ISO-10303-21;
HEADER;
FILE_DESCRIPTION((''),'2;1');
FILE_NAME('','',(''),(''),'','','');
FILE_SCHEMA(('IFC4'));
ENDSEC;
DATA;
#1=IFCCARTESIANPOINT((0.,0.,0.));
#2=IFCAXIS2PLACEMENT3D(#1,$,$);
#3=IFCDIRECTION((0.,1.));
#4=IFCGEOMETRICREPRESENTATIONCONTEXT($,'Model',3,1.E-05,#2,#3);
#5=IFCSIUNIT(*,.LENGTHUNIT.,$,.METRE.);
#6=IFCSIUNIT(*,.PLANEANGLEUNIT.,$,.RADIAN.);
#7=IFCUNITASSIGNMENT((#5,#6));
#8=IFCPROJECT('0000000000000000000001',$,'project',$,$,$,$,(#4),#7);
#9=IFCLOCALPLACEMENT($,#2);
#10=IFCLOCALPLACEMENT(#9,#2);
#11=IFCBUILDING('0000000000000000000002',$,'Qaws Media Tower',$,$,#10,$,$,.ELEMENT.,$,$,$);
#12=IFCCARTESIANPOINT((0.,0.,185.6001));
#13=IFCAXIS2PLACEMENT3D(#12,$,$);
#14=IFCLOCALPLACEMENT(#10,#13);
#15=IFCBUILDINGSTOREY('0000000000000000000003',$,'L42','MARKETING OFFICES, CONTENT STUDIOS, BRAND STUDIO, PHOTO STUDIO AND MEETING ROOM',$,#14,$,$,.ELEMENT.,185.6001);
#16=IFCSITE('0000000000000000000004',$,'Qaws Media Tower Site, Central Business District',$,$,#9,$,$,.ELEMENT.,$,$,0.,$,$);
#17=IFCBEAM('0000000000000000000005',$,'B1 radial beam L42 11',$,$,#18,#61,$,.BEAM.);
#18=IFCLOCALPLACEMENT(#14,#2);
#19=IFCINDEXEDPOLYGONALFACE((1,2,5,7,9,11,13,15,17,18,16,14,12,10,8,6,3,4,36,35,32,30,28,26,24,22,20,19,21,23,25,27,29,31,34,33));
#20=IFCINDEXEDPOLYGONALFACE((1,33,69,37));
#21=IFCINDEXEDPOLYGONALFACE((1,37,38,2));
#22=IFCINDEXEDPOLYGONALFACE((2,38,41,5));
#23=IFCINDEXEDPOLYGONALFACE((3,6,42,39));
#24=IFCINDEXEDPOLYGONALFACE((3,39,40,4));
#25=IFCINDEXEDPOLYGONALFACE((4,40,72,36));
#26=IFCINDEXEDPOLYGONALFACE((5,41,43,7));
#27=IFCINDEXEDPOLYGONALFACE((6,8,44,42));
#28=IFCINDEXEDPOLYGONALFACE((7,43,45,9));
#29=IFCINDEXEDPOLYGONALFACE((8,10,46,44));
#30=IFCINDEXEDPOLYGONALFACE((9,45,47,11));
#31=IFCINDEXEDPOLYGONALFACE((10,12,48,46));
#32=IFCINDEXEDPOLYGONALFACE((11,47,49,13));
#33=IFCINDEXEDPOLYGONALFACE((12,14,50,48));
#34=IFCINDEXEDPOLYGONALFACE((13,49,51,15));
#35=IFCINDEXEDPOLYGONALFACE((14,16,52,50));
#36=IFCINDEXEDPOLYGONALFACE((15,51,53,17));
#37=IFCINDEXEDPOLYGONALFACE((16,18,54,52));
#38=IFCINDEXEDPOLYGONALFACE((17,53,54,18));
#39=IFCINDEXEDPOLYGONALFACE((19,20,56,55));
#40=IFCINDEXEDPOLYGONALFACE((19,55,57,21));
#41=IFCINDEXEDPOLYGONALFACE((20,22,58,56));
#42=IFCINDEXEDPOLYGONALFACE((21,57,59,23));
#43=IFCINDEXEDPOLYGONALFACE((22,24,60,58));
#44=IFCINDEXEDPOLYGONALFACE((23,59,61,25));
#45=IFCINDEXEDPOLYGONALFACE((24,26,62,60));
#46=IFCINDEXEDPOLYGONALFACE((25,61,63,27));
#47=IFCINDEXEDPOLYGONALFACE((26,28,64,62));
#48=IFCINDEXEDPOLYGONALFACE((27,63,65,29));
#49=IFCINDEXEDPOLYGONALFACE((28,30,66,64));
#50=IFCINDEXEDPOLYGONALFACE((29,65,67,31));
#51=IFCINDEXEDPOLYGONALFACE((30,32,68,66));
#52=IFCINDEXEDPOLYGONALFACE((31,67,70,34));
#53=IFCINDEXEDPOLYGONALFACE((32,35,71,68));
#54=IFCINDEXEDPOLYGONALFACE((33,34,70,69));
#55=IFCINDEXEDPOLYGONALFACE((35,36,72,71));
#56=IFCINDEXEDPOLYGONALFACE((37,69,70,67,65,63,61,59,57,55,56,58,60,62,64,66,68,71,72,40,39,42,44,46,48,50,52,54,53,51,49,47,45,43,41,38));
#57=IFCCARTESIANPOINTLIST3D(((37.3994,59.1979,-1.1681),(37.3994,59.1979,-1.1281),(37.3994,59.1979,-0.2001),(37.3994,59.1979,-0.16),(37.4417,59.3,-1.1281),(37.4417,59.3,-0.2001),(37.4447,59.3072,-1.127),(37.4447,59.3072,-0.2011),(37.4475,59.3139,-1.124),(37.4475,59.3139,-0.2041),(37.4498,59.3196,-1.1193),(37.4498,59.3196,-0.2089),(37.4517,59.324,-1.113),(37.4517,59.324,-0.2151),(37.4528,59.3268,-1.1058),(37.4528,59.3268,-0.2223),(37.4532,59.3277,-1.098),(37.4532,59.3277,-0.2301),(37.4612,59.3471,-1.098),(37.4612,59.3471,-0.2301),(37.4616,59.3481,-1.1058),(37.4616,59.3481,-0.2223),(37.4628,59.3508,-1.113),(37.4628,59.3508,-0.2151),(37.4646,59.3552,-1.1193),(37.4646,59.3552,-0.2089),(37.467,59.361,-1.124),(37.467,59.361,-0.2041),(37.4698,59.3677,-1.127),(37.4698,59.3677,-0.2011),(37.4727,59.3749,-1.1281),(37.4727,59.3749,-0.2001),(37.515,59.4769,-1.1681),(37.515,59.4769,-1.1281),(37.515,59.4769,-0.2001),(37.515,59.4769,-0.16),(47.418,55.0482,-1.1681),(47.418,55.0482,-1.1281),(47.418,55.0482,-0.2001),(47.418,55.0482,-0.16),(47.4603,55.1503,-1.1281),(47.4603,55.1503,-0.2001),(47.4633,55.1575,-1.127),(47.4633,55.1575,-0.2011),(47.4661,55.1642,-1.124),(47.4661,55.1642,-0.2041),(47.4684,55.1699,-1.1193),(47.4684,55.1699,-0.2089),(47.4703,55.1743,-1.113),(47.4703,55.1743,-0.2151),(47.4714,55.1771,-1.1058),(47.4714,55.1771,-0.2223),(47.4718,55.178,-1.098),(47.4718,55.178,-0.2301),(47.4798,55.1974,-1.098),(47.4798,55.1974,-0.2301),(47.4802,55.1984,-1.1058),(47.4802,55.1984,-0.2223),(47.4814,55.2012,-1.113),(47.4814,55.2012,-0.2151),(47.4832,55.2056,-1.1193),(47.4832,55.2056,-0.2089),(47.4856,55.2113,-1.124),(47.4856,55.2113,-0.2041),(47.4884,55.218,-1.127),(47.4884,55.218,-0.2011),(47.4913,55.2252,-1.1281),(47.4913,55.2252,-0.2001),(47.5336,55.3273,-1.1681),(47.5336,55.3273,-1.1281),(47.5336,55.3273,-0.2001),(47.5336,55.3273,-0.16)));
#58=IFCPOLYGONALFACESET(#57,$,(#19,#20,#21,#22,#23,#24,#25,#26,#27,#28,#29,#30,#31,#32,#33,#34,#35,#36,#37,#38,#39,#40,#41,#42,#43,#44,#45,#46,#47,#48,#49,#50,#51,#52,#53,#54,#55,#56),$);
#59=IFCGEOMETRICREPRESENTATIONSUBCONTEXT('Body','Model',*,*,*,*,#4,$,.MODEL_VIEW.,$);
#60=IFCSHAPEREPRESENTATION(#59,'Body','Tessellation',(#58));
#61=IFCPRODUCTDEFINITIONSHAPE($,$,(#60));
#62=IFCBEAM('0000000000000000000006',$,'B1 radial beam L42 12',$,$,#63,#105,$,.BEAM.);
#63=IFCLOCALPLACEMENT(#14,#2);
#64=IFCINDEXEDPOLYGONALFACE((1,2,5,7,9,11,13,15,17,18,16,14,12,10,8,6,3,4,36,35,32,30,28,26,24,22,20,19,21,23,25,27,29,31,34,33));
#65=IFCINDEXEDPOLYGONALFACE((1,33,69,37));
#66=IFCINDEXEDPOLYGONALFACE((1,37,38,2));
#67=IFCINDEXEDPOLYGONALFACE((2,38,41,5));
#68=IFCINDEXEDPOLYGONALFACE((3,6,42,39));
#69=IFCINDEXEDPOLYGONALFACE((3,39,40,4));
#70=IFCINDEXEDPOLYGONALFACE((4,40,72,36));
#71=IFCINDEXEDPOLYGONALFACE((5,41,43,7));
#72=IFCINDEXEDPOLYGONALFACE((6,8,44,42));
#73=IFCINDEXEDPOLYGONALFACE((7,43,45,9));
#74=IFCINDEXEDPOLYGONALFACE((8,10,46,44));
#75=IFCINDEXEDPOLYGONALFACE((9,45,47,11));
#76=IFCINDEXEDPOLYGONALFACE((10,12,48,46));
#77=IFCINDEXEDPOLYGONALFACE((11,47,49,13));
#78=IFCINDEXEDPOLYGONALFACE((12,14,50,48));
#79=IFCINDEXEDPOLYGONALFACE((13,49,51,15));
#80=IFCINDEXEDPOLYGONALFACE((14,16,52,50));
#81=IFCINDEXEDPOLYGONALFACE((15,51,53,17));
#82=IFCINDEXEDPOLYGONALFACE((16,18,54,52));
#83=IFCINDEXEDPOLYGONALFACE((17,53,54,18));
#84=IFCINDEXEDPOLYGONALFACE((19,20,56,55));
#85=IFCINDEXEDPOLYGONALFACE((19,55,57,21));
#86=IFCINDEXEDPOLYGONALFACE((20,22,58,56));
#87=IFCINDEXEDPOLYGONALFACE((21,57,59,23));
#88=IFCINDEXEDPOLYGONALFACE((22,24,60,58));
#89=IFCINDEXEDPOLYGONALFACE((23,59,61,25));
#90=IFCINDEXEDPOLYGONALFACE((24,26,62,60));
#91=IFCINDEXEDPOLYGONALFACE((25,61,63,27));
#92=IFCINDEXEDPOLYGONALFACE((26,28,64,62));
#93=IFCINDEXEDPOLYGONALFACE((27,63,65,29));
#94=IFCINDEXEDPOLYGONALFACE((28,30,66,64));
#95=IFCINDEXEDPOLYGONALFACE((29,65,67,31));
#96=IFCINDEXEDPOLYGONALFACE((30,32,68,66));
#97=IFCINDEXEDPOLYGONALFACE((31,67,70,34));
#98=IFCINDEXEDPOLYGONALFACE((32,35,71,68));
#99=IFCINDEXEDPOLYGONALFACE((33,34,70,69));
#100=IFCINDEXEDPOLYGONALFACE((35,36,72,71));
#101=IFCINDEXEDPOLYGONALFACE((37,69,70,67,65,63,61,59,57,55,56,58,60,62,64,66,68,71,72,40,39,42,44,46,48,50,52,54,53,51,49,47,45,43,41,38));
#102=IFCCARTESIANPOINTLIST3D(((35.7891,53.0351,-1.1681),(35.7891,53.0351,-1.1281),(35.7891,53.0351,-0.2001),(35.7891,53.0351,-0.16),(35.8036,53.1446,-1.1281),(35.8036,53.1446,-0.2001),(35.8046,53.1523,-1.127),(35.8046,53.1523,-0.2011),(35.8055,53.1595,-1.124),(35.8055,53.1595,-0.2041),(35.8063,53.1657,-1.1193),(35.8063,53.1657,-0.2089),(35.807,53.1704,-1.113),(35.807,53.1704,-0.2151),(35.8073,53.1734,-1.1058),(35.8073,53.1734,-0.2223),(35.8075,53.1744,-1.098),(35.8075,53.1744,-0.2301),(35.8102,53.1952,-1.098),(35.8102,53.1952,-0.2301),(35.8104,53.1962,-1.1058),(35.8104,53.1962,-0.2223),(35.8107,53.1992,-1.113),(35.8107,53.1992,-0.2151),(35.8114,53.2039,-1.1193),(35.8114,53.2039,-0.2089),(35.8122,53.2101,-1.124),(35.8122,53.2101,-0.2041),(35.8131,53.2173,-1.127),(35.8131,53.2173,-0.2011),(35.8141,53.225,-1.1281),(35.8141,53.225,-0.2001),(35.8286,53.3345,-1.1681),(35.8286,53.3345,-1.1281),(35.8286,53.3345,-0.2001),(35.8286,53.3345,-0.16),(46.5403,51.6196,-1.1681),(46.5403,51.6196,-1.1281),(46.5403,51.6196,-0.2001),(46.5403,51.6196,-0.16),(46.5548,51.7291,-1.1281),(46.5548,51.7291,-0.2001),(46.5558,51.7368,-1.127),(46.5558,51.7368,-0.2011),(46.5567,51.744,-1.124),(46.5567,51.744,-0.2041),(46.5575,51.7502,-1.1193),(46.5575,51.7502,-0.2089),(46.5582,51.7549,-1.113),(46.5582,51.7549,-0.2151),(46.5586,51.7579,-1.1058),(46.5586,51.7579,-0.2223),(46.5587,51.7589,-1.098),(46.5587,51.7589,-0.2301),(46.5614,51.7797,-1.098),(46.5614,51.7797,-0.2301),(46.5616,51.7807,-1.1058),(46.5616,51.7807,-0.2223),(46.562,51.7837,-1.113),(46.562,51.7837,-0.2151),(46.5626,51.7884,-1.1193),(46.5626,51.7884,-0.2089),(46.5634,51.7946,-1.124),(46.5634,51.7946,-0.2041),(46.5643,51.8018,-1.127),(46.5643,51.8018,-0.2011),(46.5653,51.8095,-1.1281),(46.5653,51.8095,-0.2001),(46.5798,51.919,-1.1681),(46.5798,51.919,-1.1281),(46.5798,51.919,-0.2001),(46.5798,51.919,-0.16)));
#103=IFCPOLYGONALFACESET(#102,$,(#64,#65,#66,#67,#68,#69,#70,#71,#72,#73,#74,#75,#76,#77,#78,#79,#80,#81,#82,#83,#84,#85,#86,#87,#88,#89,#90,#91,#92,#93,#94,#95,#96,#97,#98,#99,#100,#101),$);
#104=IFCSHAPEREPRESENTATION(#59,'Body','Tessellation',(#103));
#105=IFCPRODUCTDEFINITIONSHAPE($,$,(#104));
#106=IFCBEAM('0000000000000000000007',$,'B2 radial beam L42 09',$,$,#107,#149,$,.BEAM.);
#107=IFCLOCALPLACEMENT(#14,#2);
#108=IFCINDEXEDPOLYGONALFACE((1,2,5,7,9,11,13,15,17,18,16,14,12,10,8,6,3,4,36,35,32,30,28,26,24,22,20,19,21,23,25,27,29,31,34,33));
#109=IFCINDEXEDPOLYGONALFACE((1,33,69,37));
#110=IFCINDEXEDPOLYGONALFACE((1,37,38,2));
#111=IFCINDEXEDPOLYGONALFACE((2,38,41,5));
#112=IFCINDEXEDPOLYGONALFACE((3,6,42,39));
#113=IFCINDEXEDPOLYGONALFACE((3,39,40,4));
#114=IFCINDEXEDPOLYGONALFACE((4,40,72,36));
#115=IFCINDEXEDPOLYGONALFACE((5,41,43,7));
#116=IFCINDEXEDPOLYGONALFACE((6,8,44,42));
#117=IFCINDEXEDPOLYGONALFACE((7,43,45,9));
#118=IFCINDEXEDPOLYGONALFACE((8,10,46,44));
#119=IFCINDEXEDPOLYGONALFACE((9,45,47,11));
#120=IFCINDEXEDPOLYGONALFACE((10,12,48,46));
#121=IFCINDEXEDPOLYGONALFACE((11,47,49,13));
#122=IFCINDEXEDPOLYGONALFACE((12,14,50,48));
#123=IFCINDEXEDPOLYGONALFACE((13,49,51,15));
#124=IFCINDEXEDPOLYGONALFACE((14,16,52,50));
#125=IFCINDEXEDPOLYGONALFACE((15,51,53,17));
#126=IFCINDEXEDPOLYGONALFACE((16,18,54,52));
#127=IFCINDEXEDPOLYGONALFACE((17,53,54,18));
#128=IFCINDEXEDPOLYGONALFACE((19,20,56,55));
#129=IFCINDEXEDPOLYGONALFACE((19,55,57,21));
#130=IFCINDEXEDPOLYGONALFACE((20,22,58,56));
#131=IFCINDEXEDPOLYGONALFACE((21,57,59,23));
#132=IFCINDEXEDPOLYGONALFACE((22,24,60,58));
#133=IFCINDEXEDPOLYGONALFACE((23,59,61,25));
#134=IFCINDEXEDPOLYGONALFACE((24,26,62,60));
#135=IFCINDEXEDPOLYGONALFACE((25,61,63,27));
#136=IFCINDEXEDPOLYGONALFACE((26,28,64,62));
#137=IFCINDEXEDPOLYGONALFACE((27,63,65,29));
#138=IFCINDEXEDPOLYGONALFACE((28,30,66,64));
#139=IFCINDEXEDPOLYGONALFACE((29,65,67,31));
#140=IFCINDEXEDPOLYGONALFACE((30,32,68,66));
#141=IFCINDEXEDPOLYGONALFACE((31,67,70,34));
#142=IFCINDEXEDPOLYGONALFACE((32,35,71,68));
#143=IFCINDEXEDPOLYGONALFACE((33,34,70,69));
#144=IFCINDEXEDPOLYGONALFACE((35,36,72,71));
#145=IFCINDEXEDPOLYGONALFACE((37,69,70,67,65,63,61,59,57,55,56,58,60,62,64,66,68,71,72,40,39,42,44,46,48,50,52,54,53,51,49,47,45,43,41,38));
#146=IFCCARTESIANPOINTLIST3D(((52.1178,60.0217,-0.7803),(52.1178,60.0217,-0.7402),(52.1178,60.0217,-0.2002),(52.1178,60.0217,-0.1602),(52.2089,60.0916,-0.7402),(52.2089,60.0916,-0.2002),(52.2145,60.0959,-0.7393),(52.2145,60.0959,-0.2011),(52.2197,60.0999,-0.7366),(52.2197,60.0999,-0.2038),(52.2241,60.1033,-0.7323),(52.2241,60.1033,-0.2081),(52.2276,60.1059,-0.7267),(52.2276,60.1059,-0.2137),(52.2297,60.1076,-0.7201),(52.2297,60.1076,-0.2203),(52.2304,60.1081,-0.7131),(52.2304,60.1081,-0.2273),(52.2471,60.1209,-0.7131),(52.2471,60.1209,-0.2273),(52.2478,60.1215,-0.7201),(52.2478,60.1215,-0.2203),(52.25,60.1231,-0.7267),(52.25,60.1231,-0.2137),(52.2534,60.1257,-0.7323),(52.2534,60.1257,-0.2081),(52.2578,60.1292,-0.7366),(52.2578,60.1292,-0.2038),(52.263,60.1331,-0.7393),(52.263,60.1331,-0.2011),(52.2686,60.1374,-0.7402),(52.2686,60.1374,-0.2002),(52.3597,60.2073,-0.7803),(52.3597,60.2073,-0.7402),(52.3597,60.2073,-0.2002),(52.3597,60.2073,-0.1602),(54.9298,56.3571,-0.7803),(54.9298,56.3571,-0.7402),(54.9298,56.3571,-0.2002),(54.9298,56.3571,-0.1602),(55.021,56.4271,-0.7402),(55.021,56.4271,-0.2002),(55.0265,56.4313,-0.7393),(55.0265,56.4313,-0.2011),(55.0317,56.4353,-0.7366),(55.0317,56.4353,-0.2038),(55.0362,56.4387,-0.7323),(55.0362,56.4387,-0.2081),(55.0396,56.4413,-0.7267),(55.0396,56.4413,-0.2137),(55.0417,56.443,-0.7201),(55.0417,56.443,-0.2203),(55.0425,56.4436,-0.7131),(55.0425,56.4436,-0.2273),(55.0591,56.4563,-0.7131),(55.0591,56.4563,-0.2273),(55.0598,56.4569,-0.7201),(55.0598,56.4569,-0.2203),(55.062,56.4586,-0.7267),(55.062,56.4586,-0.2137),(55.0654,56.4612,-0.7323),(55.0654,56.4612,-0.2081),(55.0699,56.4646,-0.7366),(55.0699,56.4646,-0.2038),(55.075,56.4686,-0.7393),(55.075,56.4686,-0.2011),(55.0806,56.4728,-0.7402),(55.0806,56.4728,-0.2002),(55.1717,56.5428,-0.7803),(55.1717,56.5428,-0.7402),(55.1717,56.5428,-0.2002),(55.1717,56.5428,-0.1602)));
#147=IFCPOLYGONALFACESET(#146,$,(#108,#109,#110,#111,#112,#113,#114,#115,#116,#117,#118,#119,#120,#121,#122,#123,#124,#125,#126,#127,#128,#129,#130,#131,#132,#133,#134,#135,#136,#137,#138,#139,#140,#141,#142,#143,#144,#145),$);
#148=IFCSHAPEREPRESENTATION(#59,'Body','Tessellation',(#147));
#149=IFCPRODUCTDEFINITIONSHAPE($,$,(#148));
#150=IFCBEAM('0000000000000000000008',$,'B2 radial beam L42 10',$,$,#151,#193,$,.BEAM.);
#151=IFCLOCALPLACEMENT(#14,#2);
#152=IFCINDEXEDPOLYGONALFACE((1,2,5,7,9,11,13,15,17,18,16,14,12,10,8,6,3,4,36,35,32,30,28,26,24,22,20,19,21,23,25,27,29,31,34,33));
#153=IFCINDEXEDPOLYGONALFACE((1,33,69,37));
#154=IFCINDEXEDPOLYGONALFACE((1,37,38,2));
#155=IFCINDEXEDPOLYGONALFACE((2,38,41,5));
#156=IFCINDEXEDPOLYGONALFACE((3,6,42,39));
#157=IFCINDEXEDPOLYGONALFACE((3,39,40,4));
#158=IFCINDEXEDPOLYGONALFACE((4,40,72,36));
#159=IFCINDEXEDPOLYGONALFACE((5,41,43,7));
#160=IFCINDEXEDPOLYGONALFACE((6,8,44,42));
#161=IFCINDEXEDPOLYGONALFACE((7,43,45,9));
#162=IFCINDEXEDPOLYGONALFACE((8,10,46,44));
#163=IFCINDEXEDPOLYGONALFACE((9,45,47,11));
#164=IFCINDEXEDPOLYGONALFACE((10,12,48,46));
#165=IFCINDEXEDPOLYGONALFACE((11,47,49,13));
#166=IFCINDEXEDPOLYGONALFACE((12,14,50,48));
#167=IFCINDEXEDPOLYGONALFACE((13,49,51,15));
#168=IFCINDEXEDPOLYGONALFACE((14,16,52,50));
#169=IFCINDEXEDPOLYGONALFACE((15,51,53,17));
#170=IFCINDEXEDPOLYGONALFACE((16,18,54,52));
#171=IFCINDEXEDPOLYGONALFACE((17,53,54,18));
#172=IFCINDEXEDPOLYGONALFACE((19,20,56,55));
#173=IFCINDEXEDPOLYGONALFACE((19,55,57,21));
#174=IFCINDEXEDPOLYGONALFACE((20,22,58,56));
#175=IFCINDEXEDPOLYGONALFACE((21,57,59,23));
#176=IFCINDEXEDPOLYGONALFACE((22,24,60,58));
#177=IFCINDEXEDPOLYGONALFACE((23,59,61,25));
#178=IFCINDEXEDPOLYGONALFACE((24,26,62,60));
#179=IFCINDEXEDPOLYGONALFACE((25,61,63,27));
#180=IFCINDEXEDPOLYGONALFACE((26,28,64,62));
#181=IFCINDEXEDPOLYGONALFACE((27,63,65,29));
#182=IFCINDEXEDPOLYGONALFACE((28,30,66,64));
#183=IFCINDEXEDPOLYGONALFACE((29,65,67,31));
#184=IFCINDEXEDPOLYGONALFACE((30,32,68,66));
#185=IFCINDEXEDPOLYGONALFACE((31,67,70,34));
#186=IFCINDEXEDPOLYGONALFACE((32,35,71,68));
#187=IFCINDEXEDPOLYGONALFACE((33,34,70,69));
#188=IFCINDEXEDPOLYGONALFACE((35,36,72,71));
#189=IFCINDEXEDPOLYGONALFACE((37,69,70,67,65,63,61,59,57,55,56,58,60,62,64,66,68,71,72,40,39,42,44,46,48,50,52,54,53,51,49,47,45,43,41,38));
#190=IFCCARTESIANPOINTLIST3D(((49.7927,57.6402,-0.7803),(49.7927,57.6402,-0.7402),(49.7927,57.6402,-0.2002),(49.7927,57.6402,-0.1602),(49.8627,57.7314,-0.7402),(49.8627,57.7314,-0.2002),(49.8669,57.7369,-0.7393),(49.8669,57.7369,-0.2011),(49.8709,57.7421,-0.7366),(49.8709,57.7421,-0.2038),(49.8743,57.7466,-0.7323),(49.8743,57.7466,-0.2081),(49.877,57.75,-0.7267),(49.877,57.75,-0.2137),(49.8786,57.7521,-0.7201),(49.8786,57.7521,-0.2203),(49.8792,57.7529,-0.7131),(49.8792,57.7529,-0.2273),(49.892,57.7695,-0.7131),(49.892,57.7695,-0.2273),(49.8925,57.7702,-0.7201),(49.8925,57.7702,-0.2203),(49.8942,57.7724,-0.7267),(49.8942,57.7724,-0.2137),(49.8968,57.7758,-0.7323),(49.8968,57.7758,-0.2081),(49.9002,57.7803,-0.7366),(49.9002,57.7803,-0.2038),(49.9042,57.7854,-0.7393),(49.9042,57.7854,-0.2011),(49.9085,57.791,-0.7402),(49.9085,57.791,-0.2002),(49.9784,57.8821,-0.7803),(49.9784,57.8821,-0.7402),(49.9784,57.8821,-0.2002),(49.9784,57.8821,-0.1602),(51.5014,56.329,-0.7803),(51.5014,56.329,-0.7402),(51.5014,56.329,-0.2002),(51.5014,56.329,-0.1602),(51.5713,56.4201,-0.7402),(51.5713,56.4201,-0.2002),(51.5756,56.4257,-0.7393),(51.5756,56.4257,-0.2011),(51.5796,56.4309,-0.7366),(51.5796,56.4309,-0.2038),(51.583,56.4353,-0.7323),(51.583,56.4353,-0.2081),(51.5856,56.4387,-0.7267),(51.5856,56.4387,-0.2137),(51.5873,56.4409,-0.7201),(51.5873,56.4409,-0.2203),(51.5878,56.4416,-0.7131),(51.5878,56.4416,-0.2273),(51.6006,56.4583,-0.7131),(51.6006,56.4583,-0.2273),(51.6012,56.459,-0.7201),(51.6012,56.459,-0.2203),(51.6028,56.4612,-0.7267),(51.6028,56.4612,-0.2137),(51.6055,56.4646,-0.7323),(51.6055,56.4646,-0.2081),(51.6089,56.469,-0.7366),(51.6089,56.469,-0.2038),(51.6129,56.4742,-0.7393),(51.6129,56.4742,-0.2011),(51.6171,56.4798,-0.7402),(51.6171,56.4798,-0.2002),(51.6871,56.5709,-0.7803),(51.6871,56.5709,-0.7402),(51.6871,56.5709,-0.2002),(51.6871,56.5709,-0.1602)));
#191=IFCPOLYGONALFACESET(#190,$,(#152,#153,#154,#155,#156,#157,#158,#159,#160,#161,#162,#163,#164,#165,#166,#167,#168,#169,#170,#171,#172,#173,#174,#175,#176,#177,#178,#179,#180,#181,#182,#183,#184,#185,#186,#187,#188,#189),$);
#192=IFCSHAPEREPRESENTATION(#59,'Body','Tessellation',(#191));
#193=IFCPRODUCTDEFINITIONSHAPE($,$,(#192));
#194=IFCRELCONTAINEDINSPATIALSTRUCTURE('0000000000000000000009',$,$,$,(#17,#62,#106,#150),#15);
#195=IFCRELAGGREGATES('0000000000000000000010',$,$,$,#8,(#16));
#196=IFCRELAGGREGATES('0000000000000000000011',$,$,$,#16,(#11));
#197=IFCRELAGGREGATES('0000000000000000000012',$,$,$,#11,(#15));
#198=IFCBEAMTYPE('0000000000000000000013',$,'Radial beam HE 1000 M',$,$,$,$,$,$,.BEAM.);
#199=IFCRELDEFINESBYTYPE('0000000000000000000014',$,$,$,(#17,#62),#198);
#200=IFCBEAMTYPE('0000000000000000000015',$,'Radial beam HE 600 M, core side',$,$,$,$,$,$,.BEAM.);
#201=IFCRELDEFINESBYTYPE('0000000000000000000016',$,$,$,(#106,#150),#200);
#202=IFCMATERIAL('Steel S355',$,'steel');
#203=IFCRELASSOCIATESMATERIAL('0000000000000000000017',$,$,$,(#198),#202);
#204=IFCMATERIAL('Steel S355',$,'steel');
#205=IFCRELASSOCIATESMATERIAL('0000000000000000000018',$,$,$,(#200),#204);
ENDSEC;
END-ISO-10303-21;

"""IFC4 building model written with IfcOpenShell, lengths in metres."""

from ifc_helpers import new_model, si_unit, direction, frame, origin, origin_2d, place, context, subcontext, project, spatial, i_section, extrude, material, material_profile, profile_set, type_object, element, save


model = new_model("IFC4")

# Units and contexts
model_context = context("Model", 3, precision=1e-05, world=origin(), true_north=direction((0.0, 1.0)))
body_context = subcontext(model_context, "Body", "Model", "MODEL_VIEW")
ifc_project = project(units=[si_unit("LENGTHUNIT", "METRE"), si_unit("PLANEANGLEUNIT", "RADIAN")], contexts=[model_context])

# Site, building, storey
site_placement = place(None, origin())
site = spatial("IfcSite", under=ifc_project, at=site_placement, Name="Qaws Media Tower Site, Central Business District", CompositionType="ELEMENT", RefElevation=0.0)
building_placement = place(site_placement, origin())
building = spatial("IfcBuilding", under=site, at=building_placement, Name="Qaws Media Tower", CompositionType="ELEMENT")
storey_placement = place(building_placement, frame((0.0, 0.0, 185.6001)))
storey = spatial("IfcBuildingStorey", under=building, at=storey_placement, Name="L42", Description="MARKETING OFFICES, CONTENT STUDIOS, BRAND STUDIO, PHOTO STUDIO AND MEETING ROOM", CompositionType="ELEMENT", Elevation=185.6001)

# Beams
ifc_material_1 = material(Name="Steel S355", Category="steel")
ifc_material_profile_1 = material_profile(ifc_material_1, i_section(OverallWidth=0.302, OverallDepth=1.0081, WebThickness=0.021, FlangeThickness=0.04, FilletRadius=0.03, at=origin_2d()), Name="HE 1000 M")
ifc_profile_set_1 = profile_set([ifc_material_profile_1], Name="Steel S355")
beam_type_1 = type_object("IfcBeamType", Name="Radial beam HE 1000 M", PredefinedType="BEAM", material=ifc_profile_set_1)
for number, where, z_axis, x_axis, name in (
    (1, (47.4758, 55.1877, -0.6641), (-0.923885, 0.382671, 0.0), (-0.382671, -0.923885, 0.0), "B1 radial beam L42 11"),
    (2, (46.5601, 51.7693, -0.6641), (-0.991444, 0.130535, 0.0), (-0.130535, -0.991444, 0.0), "B1 radial beam L42 12"),
):
    element("IfcBeam", number, at=place(storey_placement, frame(where, z_axis=z_axis, x_axis=x_axis)), inside=storey, type_object=beam_type_1, Name=name, PredefinedType="BEAM", context=body_context, shape_type="SweptSolid", body=[
        extrude(i_section(OverallWidth=0.302, OverallDepth=1.0081, WebThickness=0.021, FlangeThickness=0.04, FilletRadius=0.03, at=origin_2d()), origin(), (0.0, 0.0, 1.0), 10.844),
    ])
ifc_material_2 = material(Name="Steel S355", Category="steel")
ifc_material_profile_2 = material_profile(ifc_material_2, i_section(OverallWidth=0.3049, OverallDepth=0.6201, WebThickness=0.021, FlangeThickness=0.04, FilletRadius=0.0271, at=origin_2d()), Name="HE 600 M")
ifc_profile_set_2 = profile_set([ifc_material_profile_2], Name="Steel S355")
beam_type_2 = type_object("IfcBeamType", Name="Radial beam HE 600 M, core side", PredefinedType="BEAM", material=ifc_profile_set_2)
beam_1_placement = place(storey_placement, frame((55.0508, 56.45, -0.4702), z_axis=(-0.608775, 0.793343, 0.0), x_axis=(-0.793343, -0.608775, 0.0)))
element("IfcBeam", 3, at=beam_1_placement, inside=storey, type_object=beam_type_2, Name="B2 radial beam L42 09", PredefinedType="BEAM", context=body_context, shape_type="SweptSolid", body=[
    extrude(i_section(OverallWidth=0.3049, OverallDepth=0.6201, WebThickness=0.021, FlangeThickness=0.04, FilletRadius=0.0271, at=origin_2d()), origin(), (0.0, 0.0, 1.0), 4.6191),
])
beam_2_placement = place(storey_placement, frame((51.5942, 56.45, -0.4702), z_axis=(-0.793327, 0.608796, 0.0), x_axis=(-0.608796, -0.793327, 0.0)))
element("IfcBeam", 4, at=beam_2_placement, inside=storey, type_object=beam_type_2, Name="B2 radial beam L42 10", PredefinedType="BEAM", context=body_context, shape_type="SweptSolid", body=[
    extrude(i_section(OverallWidth=0.3049, OverallDepth=0.6201, WebThickness=0.021, FlangeThickness=0.04, FilletRadius=0.0271, at=origin_2d()), origin(), (0.0, 0.0, 1.0), 2.1538),
])

save(model, "model.ifc")
